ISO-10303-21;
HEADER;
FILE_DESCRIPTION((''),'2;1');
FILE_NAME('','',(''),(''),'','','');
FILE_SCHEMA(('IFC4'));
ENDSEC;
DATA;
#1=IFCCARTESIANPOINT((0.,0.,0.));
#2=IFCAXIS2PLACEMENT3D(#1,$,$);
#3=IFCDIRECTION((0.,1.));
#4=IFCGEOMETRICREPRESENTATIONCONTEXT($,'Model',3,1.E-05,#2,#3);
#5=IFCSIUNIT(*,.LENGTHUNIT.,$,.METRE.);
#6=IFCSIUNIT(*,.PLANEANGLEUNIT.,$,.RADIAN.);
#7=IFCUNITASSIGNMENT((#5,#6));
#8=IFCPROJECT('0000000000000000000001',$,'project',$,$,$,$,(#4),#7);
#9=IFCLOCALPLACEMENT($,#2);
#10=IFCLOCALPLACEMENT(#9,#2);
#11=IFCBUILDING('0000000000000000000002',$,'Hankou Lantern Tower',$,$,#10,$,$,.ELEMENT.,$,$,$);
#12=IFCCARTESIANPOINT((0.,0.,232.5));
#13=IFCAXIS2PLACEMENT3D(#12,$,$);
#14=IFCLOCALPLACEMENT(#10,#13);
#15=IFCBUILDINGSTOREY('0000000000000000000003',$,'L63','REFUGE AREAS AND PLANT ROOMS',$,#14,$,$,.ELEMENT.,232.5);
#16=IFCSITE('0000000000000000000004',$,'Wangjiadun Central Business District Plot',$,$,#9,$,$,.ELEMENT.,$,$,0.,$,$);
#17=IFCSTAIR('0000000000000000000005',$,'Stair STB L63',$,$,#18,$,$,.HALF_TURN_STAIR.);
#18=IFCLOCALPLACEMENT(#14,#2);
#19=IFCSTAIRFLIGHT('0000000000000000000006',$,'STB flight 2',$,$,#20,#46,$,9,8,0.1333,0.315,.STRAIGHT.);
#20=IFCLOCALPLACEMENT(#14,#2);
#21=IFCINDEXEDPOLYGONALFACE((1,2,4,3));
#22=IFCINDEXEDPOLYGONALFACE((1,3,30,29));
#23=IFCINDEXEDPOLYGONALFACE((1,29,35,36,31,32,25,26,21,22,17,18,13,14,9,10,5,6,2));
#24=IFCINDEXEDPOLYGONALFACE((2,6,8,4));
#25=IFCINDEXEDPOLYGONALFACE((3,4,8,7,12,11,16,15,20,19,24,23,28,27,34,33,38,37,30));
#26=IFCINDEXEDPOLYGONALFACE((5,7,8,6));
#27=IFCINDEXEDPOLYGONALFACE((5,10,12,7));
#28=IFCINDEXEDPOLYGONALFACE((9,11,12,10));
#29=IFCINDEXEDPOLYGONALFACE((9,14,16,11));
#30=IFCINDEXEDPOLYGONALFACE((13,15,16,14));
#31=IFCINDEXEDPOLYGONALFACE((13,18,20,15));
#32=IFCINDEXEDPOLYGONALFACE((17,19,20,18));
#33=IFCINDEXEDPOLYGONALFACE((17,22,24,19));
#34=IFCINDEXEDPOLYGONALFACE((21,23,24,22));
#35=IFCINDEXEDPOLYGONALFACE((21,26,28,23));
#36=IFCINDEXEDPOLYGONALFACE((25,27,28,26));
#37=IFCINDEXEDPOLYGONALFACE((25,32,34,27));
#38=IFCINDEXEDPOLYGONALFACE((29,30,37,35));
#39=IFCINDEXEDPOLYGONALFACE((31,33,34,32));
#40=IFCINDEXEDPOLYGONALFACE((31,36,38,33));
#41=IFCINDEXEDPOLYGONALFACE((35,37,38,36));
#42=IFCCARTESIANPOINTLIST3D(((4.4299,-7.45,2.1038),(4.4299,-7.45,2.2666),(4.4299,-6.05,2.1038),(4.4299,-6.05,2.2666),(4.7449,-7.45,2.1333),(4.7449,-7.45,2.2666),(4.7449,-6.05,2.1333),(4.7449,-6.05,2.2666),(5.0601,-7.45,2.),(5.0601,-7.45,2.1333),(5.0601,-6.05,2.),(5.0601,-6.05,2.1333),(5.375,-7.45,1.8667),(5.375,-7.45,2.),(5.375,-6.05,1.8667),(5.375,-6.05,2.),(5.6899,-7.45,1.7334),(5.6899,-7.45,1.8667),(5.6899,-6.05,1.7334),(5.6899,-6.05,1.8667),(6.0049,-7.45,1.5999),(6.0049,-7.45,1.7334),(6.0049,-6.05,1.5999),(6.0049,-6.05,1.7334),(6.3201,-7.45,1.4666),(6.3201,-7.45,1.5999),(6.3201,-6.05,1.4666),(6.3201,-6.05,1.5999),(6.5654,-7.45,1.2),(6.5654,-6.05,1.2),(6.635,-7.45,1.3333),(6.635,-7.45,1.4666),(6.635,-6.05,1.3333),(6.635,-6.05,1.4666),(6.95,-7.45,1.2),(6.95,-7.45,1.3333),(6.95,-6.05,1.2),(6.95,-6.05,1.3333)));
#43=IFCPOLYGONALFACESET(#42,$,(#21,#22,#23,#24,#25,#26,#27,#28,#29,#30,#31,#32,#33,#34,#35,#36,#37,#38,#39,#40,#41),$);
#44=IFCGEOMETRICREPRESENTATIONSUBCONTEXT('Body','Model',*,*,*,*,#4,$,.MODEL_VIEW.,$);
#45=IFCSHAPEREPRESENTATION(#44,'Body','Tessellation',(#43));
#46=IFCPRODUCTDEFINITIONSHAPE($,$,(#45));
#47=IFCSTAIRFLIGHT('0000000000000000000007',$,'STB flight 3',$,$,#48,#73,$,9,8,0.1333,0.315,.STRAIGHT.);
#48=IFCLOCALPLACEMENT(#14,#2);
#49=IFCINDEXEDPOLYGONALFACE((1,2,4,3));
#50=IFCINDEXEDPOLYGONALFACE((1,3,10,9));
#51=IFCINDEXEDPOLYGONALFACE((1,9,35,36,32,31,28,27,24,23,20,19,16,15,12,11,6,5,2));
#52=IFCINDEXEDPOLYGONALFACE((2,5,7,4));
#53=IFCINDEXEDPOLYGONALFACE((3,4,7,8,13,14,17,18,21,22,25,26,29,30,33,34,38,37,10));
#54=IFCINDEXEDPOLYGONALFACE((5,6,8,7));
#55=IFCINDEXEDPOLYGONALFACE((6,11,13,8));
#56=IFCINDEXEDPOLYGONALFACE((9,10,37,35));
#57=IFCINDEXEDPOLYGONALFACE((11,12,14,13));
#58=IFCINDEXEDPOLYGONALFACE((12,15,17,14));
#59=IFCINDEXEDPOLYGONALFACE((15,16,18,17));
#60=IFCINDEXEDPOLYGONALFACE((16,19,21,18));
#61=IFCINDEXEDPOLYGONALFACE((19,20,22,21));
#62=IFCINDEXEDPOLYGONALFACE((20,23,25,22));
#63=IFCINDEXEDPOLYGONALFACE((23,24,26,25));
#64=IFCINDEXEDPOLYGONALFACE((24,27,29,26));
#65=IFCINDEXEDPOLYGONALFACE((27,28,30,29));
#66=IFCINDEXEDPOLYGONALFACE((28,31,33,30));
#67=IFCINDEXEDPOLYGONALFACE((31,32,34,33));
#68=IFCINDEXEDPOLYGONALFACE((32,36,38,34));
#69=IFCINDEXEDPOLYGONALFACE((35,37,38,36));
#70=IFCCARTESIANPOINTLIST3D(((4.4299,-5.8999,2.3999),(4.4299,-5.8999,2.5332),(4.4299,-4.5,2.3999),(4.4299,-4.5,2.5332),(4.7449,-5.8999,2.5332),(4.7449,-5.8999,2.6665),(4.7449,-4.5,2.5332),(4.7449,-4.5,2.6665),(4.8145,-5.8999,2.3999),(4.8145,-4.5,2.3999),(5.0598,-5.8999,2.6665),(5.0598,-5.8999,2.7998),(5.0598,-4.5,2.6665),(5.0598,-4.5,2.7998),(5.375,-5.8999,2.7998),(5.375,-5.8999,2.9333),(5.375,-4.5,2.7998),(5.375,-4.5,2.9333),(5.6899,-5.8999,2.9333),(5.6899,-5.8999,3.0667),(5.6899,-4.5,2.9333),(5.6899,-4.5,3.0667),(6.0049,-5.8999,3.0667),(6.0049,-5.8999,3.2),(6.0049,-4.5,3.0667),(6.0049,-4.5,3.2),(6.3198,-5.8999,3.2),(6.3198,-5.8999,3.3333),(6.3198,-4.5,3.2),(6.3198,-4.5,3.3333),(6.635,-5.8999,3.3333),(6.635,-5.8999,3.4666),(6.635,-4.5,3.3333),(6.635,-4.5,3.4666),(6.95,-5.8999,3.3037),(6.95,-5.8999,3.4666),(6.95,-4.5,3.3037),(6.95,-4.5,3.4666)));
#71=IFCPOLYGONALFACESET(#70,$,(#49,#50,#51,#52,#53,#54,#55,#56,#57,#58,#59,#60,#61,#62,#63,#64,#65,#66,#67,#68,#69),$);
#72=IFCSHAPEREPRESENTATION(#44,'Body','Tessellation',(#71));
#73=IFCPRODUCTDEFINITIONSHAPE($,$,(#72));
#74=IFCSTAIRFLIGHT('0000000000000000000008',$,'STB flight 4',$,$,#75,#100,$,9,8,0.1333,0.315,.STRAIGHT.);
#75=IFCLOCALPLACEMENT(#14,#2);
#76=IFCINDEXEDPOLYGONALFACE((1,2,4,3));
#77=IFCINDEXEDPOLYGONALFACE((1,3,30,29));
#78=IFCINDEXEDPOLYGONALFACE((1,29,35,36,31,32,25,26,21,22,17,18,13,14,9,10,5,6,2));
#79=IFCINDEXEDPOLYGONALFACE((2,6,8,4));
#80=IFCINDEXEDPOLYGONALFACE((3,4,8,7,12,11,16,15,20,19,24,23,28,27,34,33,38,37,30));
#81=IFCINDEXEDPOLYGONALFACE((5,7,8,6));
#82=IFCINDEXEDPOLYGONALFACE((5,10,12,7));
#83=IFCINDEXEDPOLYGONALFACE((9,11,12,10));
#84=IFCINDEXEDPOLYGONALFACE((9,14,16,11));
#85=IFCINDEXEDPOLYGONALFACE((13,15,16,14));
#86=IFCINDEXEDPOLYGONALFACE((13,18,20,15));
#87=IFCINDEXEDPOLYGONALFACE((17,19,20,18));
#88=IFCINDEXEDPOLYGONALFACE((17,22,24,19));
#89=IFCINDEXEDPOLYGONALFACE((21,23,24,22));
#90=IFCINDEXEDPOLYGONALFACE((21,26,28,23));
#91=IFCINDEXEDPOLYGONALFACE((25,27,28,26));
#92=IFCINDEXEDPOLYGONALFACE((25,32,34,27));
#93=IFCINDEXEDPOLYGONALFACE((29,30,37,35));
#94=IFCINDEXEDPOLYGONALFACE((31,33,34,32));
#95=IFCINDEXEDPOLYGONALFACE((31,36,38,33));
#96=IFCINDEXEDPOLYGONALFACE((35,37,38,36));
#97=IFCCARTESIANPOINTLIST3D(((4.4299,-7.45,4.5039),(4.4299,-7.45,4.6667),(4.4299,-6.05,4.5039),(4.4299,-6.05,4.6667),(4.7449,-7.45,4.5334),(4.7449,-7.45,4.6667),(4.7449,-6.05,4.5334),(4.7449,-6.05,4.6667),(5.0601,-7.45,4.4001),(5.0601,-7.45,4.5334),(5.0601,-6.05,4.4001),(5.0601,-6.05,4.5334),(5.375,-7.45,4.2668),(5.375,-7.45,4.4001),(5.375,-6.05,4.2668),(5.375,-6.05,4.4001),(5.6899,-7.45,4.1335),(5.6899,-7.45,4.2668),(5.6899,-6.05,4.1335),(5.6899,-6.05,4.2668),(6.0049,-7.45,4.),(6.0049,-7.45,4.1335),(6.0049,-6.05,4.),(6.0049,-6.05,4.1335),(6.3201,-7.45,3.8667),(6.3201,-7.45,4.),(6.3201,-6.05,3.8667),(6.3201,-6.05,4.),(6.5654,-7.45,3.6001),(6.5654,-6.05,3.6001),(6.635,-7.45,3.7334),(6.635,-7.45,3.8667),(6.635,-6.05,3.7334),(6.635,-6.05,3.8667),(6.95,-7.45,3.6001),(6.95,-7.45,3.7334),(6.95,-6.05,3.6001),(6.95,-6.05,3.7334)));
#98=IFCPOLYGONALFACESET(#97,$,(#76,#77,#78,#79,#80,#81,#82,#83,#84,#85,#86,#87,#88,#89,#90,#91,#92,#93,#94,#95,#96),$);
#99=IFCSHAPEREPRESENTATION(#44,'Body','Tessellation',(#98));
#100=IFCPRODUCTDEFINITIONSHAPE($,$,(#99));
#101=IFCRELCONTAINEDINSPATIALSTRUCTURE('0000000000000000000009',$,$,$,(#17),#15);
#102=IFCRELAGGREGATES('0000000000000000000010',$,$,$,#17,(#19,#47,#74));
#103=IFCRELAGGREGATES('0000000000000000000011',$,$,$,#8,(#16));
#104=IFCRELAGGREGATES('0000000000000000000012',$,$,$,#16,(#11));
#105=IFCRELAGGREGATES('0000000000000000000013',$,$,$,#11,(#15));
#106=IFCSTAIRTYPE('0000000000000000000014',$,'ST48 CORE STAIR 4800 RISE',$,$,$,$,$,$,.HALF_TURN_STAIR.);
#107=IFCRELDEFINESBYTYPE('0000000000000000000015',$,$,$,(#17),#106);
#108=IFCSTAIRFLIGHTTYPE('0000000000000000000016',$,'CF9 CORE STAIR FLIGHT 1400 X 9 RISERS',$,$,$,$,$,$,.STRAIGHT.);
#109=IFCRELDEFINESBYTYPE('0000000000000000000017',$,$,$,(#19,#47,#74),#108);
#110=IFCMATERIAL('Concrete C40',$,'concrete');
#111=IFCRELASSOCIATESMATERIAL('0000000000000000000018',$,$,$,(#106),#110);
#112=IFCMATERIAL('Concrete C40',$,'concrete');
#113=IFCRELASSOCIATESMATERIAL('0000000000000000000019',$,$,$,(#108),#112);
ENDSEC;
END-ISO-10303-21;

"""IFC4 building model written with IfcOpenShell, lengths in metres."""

from ifc_helpers import new_model, si_unit, direction, frame, origin, place, context, subcontext, project, spatial, polyline, outline, extrude, material, type_object, element, aggregate, save


model = new_model("IFC4")

# Units and contexts
model_context = context("Model", 3, precision=1e-05, world=origin(), true_north=direction((0.0, 1.0)))
body_context = subcontext(model_context, "Body", "Model", "MODEL_VIEW")
ifc_project = project(units=[si_unit("LENGTHUNIT", "METRE"), si_unit("PLANEANGLEUNIT", "RADIAN")], contexts=[model_context])

# Site, building, storey
site_placement = place(None, origin())
site = spatial("IfcSite", under=ifc_project, at=site_placement, Name="Wangjiadun Central Business District Plot", CompositionType="ELEMENT", RefElevation=0.0)
building_placement = place(site_placement, origin())
building = spatial("IfcBuilding", under=site, at=building_placement, Name="Hankou Lantern Tower", CompositionType="ELEMENT")
storey_placement = place(building_placement, frame((0.0, 0.0, 232.5)))
storey = spatial("IfcBuildingStorey", under=building, at=storey_placement, Name="L63", Description="REFUGE AREAS AND PLANT ROOMS", CompositionType="ELEMENT", Elevation=232.5)

# Shared definitions
ifc_material_1 = material(Name="Concrete C40", Category="concrete")
stair_type = type_object("IfcStairType", Name="ST48 CORE STAIR 4800 RISE", PredefinedType="HALF_TURN_STAIR", material=ifc_material_1)

# Stair, stair flights
stair_1_placement = place(storey_placement, origin())
stair_1 = element("IfcStair", 1, at=stair_1_placement, inside=storey, type_object=stair_type, Name="Stair STB L63", PredefinedType="HALF_TURN_STAIR")
ifc_material_2 = material(Name="Concrete C40", Category="concrete")
stair_flight_type = type_object("IfcStairFlightType", Name="CF9 CORE STAIR FLIGHT 1400 X 9 RISERS", PredefinedType="STRAIGHT", material=ifc_material_2)
stair_flight_1_placement = place(storey_placement, frame((6.95, -6.75, 1.2), z_axis=(0.0, 0.0, 1.0), x_axis=(-1.0, 0.0, 0.0)))
stair_flight_1 = element("IfcStairFlight", 2, at=stair_flight_1_placement, type_object=stair_flight_type, Name="STB flight 2", NumberOfRisers=9, NumberOfTreads=8, PredefinedType="STRAIGHT", RiserHeight=0.1333, TreadLength=0.315, context=body_context, shape_type="SweptSolid", body=[
    extrude(outline(polyline([(0.0, 0.0), (0.0, 0.1333), (0.3149, 0.1333), (0.3149, 0.2666), (0.6299, 0.2666), (0.6299, 0.3999), (0.9451, 0.3999), (0.9451, 0.5334), (1.26, 0.5334), (1.26, 0.6667), (1.575, 0.6667), (1.575, 0.8), (1.8899, 0.8), (1.8899, 0.9333), (2.2051, 0.9333), (2.2051, 1.0667), (2.52, 1.0667), (2.52, 1.2), (2.52, 0.9038), (0.3845, 0.0), (0.0, 0.0)])), frame((0.0, 0.7, 0.0), z_axis=(0.0, -1.0, 0.0), x_axis=(1.0, 0.0, 0.0)), (0.0, 0.0, 1.0), 1.3999),
])
stair_flight_2_placement = place(storey_placement, frame((4.4299, -5.2, 2.3999), z_axis=(0.0, 0.0, 1.0), x_axis=(1.0, 0.0, 0.0)))
stair_flight_2 = element("IfcStairFlight", 3, at=stair_flight_2_placement, type_object=stair_flight_type, Name="STB flight 3", NumberOfRisers=9, NumberOfTreads=8, PredefinedType="STRAIGHT", RiserHeight=0.1333, TreadLength=0.315, context=body_context, shape_type="SweptSolid", body=[
    extrude(outline(polyline([(0.0, 0.0), (0.0, 0.1333), (0.3149, 0.1333), (0.3149, 0.2666), (0.6299, 0.2666), (0.6299, 0.3999), (0.9451, 0.3999), (0.9451, 0.5334), (1.26, 0.5334), (1.26, 0.6667), (1.575, 0.6667), (1.575, 0.8), (1.8899, 0.8), (1.8899, 0.9333), (2.2051, 0.9333), (2.2051, 1.0667), (2.52, 1.0667), (2.52, 1.2), (2.52, 0.9038), (0.3845, 0.0), (0.0, 0.0)])), frame((0.0, 0.7, 0.0), z_axis=(0.0, -1.0, 0.0), x_axis=(1.0, 0.0, 0.0)), (0.0, 0.0, 1.0), 1.3999),
])
stair_flight_3_placement = place(storey_placement, frame((6.95, -6.75, 3.6001), z_axis=(0.0, 0.0, 1.0), x_axis=(-1.0, 0.0, 0.0)))
stair_flight_3 = element("IfcStairFlight", 4, at=stair_flight_3_placement, type_object=stair_flight_type, Name="STB flight 4", NumberOfRisers=9, NumberOfTreads=8, PredefinedType="STRAIGHT", RiserHeight=0.1333, TreadLength=0.315, context=body_context, shape_type="SweptSolid", body=[
    extrude(outline(polyline([(0.0, 0.0), (0.0, 0.1333), (0.3149, 0.1333), (0.3149, 0.2666), (0.6299, 0.2666), (0.6299, 0.3999), (0.9451, 0.3999), (0.9451, 0.5334), (1.26, 0.5334), (1.26, 0.6667), (1.575, 0.6667), (1.575, 0.8), (1.8899, 0.8), (1.8899, 0.9333), (2.2051, 0.9333), (2.2051, 1.0667), (2.52, 1.0667), (2.52, 1.2), (2.52, 0.9038), (0.3845, 0.0), (0.0, 0.0)])), frame((0.0, 0.7, 0.0), z_axis=(0.0, -1.0, 0.0), x_axis=(1.0, 0.0, 0.0)), (0.0, 0.0, 1.0), 1.3999),
])
aggregate(stair_1, [stair_flight_1, stair_flight_2, stair_flight_3])

save(model, "model.ifc")
